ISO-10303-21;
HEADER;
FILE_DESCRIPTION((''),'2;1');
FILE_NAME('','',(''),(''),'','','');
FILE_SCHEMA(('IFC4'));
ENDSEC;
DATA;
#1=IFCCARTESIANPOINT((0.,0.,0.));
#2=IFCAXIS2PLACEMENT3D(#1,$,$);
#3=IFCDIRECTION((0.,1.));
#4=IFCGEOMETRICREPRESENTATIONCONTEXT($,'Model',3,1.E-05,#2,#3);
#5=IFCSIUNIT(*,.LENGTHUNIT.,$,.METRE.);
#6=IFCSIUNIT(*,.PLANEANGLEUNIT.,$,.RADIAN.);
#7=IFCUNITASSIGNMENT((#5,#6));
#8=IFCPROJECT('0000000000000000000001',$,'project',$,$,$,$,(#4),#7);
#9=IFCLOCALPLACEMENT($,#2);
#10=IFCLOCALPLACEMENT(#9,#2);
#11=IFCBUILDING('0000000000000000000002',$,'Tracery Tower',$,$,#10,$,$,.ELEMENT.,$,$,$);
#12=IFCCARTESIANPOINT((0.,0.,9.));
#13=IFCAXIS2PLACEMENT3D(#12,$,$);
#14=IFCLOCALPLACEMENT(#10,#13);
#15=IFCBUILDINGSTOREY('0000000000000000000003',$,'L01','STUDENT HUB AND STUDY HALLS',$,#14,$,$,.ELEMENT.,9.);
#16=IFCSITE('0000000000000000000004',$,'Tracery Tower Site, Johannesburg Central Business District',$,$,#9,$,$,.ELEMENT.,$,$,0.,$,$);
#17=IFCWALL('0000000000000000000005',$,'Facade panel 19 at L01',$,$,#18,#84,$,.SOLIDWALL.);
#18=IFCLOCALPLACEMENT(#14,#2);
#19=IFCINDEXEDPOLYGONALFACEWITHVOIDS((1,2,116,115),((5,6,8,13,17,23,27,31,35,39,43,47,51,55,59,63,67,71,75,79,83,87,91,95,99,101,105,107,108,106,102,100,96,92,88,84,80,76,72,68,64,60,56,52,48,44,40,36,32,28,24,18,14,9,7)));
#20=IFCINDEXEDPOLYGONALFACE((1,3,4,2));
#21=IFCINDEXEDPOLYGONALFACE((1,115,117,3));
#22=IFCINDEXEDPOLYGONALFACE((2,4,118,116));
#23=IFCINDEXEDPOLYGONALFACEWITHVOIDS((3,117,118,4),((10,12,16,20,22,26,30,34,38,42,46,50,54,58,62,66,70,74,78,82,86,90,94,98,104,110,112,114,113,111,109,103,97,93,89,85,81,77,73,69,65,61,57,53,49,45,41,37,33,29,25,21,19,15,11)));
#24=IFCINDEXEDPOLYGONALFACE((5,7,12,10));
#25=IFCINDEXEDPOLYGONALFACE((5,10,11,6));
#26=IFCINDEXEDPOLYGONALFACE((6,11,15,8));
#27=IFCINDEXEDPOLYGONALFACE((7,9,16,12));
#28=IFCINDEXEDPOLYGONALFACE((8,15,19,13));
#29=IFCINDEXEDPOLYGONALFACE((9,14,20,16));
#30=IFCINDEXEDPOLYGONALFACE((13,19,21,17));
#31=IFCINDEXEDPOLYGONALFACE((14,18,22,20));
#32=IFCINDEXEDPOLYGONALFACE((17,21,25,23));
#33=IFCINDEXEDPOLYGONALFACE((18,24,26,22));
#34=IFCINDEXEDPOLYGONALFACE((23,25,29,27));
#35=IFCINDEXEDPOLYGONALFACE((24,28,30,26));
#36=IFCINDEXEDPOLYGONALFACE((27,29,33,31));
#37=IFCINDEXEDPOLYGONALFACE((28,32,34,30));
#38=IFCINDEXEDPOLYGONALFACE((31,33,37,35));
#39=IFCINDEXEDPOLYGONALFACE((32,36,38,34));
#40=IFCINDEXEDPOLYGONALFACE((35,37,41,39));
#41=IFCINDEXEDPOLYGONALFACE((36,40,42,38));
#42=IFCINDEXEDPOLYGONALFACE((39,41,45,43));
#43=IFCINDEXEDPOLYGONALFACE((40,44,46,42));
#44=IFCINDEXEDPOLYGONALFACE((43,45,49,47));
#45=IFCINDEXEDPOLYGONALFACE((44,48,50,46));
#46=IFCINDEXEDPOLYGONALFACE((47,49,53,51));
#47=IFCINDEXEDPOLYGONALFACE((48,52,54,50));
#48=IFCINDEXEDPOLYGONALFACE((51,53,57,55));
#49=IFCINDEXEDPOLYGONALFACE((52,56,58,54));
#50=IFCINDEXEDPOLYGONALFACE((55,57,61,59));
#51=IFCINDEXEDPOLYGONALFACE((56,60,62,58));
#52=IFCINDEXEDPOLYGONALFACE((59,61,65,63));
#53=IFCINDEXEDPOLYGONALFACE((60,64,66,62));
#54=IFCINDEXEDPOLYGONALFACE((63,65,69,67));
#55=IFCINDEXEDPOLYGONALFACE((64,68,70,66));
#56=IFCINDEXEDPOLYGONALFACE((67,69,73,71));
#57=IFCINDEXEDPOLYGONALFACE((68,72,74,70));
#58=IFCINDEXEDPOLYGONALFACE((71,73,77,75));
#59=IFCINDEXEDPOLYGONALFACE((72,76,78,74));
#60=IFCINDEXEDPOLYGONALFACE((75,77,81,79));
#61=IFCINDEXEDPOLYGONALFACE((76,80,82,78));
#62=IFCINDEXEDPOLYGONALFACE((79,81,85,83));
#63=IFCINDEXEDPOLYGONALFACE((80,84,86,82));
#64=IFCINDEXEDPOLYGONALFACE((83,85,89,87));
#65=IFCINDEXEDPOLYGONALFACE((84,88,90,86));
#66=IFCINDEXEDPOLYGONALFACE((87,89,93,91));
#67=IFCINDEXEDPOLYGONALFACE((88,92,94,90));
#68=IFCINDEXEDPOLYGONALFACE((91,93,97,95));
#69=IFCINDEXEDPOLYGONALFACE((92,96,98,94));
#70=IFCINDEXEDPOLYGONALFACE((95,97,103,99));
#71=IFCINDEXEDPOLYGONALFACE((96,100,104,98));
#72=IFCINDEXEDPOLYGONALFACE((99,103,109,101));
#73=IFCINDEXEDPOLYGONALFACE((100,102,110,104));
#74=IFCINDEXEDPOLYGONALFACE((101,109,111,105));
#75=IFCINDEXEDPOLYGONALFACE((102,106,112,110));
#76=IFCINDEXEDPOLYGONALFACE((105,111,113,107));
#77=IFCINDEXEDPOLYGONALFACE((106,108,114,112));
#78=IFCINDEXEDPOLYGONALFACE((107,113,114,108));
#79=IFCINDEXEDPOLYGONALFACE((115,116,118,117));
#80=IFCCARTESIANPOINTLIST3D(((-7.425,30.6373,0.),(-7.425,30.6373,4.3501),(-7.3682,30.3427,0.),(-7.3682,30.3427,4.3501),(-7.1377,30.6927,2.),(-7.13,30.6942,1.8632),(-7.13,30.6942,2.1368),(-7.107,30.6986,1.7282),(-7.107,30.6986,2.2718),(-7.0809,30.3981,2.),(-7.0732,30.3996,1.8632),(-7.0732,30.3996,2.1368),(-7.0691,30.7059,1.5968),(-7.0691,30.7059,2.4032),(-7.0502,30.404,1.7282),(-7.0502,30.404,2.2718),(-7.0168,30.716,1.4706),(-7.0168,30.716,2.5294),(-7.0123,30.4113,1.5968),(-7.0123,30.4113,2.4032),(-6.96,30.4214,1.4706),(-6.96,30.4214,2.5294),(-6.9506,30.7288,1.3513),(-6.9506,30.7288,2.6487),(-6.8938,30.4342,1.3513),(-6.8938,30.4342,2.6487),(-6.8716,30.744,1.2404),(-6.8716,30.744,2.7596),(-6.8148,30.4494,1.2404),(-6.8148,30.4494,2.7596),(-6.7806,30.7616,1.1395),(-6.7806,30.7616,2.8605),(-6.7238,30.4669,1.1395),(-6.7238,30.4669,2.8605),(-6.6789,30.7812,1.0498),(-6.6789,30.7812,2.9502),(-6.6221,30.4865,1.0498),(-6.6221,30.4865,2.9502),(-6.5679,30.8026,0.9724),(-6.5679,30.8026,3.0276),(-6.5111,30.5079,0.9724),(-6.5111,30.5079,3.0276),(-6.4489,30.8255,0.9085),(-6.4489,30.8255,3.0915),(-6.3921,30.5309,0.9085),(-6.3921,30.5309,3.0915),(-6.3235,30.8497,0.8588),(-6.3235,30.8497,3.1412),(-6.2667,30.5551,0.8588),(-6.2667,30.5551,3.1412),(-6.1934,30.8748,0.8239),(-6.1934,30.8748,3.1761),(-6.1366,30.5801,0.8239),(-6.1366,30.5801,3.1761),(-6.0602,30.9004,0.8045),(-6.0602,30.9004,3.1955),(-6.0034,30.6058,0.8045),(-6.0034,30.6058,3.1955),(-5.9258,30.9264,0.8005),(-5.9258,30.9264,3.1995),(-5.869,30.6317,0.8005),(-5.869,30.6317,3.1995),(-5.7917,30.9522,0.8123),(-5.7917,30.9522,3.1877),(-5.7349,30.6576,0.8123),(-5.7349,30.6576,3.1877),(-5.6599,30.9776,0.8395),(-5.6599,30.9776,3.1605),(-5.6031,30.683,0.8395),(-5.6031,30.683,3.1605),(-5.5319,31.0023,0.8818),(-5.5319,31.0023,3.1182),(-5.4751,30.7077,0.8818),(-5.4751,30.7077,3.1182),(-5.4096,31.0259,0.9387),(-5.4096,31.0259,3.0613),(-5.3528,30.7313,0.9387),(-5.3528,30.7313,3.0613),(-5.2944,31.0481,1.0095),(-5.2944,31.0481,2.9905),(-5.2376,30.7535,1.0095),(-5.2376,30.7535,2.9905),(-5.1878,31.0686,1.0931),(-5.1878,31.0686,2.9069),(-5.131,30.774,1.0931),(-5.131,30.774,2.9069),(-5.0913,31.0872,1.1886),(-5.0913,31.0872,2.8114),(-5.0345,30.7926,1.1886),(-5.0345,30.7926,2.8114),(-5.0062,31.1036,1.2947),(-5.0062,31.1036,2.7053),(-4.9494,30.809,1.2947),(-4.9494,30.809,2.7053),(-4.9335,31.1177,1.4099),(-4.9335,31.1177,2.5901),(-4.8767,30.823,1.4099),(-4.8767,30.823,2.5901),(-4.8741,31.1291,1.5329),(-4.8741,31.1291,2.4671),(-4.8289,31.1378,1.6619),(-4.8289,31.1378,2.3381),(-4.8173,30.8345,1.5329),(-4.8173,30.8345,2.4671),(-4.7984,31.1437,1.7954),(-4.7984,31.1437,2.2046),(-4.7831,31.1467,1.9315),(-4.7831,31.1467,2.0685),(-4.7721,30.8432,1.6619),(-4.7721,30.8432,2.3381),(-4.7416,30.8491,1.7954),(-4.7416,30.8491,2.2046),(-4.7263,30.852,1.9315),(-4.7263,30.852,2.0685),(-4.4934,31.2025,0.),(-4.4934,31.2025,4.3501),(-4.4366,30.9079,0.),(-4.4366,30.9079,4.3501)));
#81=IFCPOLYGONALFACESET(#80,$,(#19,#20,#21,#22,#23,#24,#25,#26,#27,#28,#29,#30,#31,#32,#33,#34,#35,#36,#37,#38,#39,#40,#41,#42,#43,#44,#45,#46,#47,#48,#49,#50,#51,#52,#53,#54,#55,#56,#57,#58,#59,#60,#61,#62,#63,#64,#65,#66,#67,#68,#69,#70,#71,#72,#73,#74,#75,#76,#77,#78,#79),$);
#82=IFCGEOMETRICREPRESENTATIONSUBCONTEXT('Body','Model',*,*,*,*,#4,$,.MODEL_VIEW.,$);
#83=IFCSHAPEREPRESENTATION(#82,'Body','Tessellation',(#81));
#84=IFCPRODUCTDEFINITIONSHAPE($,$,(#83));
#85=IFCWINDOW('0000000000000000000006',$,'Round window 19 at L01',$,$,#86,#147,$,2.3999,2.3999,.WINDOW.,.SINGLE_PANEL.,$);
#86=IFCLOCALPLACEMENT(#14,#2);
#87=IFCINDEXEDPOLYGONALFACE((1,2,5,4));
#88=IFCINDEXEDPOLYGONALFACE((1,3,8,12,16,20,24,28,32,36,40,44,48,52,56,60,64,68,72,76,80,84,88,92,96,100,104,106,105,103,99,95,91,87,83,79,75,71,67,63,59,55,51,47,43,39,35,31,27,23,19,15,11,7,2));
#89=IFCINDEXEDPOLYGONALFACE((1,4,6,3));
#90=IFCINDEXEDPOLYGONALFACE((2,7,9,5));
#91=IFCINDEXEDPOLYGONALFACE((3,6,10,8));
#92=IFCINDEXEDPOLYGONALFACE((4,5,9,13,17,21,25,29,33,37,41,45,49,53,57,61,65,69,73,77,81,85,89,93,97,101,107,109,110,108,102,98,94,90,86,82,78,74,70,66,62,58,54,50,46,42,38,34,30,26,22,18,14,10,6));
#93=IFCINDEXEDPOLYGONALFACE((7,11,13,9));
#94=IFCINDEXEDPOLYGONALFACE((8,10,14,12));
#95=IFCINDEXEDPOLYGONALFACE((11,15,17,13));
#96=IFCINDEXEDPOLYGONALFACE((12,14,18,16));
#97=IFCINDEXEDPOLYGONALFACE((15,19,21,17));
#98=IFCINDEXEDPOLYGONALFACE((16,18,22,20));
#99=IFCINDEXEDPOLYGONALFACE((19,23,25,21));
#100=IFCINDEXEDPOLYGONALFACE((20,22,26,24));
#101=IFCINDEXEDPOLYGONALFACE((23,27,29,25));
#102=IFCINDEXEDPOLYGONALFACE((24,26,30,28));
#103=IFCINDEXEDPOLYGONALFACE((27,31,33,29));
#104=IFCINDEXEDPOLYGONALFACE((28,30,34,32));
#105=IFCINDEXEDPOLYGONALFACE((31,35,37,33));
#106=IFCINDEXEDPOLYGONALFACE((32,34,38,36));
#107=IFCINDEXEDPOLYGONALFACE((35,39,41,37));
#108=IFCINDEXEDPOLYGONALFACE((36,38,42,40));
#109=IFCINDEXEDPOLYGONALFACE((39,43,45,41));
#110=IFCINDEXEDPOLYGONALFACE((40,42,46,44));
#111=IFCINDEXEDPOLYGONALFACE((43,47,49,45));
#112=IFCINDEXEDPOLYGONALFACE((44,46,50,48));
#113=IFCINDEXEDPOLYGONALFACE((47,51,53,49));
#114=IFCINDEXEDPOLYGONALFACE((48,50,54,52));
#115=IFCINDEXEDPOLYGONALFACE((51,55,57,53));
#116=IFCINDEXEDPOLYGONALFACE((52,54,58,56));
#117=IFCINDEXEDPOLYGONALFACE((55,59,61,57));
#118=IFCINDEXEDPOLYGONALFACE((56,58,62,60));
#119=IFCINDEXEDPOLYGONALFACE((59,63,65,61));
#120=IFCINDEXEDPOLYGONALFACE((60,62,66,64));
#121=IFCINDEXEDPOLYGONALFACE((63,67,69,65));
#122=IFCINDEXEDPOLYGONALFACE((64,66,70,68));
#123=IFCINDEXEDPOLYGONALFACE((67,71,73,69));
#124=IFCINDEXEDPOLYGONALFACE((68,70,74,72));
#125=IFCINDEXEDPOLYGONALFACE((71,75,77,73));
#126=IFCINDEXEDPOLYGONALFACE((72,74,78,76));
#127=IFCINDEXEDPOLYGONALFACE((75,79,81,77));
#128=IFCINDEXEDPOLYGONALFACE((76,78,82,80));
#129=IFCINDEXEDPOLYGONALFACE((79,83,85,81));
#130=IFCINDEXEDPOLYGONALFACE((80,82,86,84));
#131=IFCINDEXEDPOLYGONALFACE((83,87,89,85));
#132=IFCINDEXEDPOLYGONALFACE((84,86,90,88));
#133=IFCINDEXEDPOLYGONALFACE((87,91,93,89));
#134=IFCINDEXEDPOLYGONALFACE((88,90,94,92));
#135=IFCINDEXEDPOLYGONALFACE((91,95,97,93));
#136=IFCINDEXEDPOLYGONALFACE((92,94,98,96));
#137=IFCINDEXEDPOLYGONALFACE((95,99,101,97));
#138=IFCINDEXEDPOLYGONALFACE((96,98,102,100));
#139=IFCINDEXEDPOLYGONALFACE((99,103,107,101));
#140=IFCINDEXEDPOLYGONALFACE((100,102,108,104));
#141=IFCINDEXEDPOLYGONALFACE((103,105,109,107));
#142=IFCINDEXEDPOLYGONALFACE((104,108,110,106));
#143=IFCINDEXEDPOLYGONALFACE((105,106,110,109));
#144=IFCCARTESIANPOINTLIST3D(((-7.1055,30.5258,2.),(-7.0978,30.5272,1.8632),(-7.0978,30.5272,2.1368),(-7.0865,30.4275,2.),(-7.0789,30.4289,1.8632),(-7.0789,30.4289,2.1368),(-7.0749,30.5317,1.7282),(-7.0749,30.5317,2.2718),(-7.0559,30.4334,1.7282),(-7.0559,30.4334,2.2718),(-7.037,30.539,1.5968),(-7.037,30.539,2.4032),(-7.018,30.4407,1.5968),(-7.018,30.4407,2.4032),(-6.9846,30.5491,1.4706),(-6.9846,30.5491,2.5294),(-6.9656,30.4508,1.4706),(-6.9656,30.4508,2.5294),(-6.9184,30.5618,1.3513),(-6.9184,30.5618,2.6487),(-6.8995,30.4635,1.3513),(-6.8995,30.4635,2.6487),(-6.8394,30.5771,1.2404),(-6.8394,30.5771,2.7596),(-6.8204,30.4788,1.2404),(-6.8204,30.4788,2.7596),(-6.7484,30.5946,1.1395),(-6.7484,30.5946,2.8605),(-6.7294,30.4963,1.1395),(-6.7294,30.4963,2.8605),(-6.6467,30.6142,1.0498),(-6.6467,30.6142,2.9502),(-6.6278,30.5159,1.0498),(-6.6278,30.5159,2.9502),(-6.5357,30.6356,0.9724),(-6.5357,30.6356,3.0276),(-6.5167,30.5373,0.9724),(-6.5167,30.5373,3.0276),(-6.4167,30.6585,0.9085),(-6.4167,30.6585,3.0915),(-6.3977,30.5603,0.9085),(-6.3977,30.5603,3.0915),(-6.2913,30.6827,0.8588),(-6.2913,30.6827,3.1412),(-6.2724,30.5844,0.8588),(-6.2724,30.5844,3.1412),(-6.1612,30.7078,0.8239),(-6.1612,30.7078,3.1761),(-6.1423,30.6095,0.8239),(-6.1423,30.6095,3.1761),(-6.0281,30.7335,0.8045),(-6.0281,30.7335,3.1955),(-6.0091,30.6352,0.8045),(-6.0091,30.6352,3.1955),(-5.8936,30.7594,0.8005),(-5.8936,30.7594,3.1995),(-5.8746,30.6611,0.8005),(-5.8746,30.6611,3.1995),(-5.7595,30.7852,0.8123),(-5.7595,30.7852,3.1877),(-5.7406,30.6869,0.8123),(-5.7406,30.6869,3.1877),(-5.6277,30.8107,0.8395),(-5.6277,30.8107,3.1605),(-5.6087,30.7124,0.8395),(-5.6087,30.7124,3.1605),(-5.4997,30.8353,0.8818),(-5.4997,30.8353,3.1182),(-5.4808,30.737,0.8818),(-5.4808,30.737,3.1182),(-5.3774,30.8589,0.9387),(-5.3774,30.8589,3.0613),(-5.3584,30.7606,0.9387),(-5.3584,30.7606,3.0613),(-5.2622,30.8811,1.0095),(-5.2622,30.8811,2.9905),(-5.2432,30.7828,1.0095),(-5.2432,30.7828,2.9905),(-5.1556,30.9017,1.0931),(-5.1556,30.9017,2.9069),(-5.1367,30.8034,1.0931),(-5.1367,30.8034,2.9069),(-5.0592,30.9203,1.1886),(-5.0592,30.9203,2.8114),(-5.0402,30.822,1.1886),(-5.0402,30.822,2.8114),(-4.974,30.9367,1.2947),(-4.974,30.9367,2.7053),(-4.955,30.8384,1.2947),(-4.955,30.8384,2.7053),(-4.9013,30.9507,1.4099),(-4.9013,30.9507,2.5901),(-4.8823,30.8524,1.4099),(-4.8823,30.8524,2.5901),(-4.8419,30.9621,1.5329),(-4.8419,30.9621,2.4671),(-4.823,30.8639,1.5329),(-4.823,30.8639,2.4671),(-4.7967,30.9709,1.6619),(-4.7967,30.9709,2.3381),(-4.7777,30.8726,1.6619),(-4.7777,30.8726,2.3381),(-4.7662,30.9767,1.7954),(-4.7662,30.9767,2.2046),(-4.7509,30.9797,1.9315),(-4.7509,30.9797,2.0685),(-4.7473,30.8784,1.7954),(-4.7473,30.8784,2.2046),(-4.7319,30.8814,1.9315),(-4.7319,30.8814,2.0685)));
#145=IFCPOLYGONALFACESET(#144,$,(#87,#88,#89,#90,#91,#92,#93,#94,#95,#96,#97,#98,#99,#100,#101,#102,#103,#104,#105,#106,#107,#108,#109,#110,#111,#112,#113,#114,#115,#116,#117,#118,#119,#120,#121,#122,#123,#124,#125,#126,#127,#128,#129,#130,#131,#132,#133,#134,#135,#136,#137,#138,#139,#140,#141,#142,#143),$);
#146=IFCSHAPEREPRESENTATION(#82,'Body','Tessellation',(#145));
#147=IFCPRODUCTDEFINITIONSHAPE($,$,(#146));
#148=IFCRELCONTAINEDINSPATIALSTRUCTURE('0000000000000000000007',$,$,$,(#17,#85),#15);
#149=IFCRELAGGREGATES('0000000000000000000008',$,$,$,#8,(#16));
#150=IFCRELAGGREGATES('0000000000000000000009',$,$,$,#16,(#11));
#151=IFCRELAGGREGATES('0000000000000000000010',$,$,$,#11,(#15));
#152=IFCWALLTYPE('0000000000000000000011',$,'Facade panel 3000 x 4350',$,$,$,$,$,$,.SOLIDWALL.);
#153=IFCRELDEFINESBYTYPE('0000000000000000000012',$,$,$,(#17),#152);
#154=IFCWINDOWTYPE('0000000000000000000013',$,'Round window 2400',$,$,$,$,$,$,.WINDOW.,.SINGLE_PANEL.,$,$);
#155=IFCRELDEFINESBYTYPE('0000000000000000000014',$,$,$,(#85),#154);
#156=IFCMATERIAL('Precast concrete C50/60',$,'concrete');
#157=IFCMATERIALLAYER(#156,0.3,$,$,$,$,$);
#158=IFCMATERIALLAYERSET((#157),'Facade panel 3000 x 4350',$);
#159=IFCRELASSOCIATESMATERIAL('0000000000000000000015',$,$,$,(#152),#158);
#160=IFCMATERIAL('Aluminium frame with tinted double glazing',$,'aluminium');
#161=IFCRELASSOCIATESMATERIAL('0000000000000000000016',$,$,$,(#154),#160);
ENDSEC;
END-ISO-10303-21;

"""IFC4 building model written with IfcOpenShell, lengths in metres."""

from ifc_helpers import new_model, si_unit, direction, frame, frame_2d, origin, origin_2d, place, context, subcontext, project, spatial, rectangle, circle, extrude, material, layer, layer_set, type_object, element, fill, save


model = new_model("IFC4")

# Units and contexts
model_context = context("Model", 3, precision=1e-05, world=origin(), true_north=direction((0.0, 1.0)))
body_context = subcontext(model_context, "Body", "Model", "MODEL_VIEW")
ifc_project = project(units=[si_unit("LENGTHUNIT", "METRE"), si_unit("PLANEANGLEUNIT", "RADIAN")], contexts=[model_context])

# Site, building, storey
site_placement = place(None, origin())
site = spatial("IfcSite", under=ifc_project, at=site_placement, Name="Tracery Tower Site, Johannesburg Central Business District", CompositionType="ELEMENT", RefElevation=0.0)
building_placement = place(site_placement, origin())
building = spatial("IfcBuilding", under=site, at=building_placement, Name="Tracery Tower", CompositionType="ELEMENT")
storey_placement = place(building_placement, frame((0.0, 0.0, 9.0)))
storey = spatial("IfcBuildingStorey", under=building, at=storey_placement, Name="L01", Description="STUDENT HUB AND STUDY HALLS", CompositionType="ELEMENT", Elevation=9.0)

# Wall, opening, window
ifc_material_1 = material(Name="Precast concrete C50/60", Category="concrete")
ifc_layer_1 = layer(ifc_material_1, 0.3)
ifc_layer_set_1 = layer_set([ifc_layer_1], Name="Facade panel 3000 x 4350")
wall_type_1 = type_object("IfcWallType", Name="Facade panel 3000 x 4350", PredefinedType="SOLIDWALL", material=ifc_layer_set_1)
ifc_material_2 = material(Name="Aluminium frame with tinted double glazing", Category="aluminium")
window_type = type_object("IfcWindowType", Name="Round window 2400", PartitioningType="SINGLE_PANEL", PredefinedType="WINDOW", material=ifc_material_2)
wall_1_placement = place(storey_placement, frame((-4.4651, 31.0552, 0.0), z_axis=(0.0, 0.0, 1.0), x_axis=(-0.981919, -0.189302, 0.0)))
wall_1 = element("IfcWall", 1, at=wall_1_placement, inside=storey, type_object=wall_type_1, Name="Facade panel 19 at L01", PredefinedType="SOLIDWALL", context=body_context, shape_type="SweptSolid", body=[
    extrude(rectangle(XDim=2.9856, YDim=0.3, at=frame_2d((1.4927, 0.0))), origin(), (0.0, 0.0, 1.0), 4.3501),
])
opening_1_placement = place(wall_1_placement, frame((1.4929, 0.0, 2.0)))
opening_1 = element("IfcOpeningElement", 2, at=opening_1_placement, cuts=wall_1, PredefinedType="OPENING", context=body_context, shape_type="SweptSolid", body=[
    extrude(circle(Radius=1.2, at=origin_2d()), frame((0.0, 0.1599, 0.0), z_axis=(0.0, -1.0, 0.0), x_axis=(1.0, 0.0, 0.0)), (0.0, 0.0, 1.0), 0.3201),
])
window_1_placement = place(opening_1_placement, origin())
window_1 = element("IfcWindow", 3, at=window_1_placement, inside=storey, type_object=window_type, Name="Round window 19 at L01", OverallHeight=2.3999, OverallWidth=2.3999, PartitioningType="SINGLE_PANEL", PredefinedType="WINDOW", context=body_context, shape_type="SweptSolid", body=[
    extrude(circle(Radius=1.2, at=origin_2d()), frame((0.0, 0.1201, 0.0), z_axis=(0.0, -1.0, 0.0), x_axis=(1.0, 0.0, 0.0)), (0.0, 0.0, 1.0), 0.1001),
])
fill(opening_1, window_1)

save(model, "model.ifc")
